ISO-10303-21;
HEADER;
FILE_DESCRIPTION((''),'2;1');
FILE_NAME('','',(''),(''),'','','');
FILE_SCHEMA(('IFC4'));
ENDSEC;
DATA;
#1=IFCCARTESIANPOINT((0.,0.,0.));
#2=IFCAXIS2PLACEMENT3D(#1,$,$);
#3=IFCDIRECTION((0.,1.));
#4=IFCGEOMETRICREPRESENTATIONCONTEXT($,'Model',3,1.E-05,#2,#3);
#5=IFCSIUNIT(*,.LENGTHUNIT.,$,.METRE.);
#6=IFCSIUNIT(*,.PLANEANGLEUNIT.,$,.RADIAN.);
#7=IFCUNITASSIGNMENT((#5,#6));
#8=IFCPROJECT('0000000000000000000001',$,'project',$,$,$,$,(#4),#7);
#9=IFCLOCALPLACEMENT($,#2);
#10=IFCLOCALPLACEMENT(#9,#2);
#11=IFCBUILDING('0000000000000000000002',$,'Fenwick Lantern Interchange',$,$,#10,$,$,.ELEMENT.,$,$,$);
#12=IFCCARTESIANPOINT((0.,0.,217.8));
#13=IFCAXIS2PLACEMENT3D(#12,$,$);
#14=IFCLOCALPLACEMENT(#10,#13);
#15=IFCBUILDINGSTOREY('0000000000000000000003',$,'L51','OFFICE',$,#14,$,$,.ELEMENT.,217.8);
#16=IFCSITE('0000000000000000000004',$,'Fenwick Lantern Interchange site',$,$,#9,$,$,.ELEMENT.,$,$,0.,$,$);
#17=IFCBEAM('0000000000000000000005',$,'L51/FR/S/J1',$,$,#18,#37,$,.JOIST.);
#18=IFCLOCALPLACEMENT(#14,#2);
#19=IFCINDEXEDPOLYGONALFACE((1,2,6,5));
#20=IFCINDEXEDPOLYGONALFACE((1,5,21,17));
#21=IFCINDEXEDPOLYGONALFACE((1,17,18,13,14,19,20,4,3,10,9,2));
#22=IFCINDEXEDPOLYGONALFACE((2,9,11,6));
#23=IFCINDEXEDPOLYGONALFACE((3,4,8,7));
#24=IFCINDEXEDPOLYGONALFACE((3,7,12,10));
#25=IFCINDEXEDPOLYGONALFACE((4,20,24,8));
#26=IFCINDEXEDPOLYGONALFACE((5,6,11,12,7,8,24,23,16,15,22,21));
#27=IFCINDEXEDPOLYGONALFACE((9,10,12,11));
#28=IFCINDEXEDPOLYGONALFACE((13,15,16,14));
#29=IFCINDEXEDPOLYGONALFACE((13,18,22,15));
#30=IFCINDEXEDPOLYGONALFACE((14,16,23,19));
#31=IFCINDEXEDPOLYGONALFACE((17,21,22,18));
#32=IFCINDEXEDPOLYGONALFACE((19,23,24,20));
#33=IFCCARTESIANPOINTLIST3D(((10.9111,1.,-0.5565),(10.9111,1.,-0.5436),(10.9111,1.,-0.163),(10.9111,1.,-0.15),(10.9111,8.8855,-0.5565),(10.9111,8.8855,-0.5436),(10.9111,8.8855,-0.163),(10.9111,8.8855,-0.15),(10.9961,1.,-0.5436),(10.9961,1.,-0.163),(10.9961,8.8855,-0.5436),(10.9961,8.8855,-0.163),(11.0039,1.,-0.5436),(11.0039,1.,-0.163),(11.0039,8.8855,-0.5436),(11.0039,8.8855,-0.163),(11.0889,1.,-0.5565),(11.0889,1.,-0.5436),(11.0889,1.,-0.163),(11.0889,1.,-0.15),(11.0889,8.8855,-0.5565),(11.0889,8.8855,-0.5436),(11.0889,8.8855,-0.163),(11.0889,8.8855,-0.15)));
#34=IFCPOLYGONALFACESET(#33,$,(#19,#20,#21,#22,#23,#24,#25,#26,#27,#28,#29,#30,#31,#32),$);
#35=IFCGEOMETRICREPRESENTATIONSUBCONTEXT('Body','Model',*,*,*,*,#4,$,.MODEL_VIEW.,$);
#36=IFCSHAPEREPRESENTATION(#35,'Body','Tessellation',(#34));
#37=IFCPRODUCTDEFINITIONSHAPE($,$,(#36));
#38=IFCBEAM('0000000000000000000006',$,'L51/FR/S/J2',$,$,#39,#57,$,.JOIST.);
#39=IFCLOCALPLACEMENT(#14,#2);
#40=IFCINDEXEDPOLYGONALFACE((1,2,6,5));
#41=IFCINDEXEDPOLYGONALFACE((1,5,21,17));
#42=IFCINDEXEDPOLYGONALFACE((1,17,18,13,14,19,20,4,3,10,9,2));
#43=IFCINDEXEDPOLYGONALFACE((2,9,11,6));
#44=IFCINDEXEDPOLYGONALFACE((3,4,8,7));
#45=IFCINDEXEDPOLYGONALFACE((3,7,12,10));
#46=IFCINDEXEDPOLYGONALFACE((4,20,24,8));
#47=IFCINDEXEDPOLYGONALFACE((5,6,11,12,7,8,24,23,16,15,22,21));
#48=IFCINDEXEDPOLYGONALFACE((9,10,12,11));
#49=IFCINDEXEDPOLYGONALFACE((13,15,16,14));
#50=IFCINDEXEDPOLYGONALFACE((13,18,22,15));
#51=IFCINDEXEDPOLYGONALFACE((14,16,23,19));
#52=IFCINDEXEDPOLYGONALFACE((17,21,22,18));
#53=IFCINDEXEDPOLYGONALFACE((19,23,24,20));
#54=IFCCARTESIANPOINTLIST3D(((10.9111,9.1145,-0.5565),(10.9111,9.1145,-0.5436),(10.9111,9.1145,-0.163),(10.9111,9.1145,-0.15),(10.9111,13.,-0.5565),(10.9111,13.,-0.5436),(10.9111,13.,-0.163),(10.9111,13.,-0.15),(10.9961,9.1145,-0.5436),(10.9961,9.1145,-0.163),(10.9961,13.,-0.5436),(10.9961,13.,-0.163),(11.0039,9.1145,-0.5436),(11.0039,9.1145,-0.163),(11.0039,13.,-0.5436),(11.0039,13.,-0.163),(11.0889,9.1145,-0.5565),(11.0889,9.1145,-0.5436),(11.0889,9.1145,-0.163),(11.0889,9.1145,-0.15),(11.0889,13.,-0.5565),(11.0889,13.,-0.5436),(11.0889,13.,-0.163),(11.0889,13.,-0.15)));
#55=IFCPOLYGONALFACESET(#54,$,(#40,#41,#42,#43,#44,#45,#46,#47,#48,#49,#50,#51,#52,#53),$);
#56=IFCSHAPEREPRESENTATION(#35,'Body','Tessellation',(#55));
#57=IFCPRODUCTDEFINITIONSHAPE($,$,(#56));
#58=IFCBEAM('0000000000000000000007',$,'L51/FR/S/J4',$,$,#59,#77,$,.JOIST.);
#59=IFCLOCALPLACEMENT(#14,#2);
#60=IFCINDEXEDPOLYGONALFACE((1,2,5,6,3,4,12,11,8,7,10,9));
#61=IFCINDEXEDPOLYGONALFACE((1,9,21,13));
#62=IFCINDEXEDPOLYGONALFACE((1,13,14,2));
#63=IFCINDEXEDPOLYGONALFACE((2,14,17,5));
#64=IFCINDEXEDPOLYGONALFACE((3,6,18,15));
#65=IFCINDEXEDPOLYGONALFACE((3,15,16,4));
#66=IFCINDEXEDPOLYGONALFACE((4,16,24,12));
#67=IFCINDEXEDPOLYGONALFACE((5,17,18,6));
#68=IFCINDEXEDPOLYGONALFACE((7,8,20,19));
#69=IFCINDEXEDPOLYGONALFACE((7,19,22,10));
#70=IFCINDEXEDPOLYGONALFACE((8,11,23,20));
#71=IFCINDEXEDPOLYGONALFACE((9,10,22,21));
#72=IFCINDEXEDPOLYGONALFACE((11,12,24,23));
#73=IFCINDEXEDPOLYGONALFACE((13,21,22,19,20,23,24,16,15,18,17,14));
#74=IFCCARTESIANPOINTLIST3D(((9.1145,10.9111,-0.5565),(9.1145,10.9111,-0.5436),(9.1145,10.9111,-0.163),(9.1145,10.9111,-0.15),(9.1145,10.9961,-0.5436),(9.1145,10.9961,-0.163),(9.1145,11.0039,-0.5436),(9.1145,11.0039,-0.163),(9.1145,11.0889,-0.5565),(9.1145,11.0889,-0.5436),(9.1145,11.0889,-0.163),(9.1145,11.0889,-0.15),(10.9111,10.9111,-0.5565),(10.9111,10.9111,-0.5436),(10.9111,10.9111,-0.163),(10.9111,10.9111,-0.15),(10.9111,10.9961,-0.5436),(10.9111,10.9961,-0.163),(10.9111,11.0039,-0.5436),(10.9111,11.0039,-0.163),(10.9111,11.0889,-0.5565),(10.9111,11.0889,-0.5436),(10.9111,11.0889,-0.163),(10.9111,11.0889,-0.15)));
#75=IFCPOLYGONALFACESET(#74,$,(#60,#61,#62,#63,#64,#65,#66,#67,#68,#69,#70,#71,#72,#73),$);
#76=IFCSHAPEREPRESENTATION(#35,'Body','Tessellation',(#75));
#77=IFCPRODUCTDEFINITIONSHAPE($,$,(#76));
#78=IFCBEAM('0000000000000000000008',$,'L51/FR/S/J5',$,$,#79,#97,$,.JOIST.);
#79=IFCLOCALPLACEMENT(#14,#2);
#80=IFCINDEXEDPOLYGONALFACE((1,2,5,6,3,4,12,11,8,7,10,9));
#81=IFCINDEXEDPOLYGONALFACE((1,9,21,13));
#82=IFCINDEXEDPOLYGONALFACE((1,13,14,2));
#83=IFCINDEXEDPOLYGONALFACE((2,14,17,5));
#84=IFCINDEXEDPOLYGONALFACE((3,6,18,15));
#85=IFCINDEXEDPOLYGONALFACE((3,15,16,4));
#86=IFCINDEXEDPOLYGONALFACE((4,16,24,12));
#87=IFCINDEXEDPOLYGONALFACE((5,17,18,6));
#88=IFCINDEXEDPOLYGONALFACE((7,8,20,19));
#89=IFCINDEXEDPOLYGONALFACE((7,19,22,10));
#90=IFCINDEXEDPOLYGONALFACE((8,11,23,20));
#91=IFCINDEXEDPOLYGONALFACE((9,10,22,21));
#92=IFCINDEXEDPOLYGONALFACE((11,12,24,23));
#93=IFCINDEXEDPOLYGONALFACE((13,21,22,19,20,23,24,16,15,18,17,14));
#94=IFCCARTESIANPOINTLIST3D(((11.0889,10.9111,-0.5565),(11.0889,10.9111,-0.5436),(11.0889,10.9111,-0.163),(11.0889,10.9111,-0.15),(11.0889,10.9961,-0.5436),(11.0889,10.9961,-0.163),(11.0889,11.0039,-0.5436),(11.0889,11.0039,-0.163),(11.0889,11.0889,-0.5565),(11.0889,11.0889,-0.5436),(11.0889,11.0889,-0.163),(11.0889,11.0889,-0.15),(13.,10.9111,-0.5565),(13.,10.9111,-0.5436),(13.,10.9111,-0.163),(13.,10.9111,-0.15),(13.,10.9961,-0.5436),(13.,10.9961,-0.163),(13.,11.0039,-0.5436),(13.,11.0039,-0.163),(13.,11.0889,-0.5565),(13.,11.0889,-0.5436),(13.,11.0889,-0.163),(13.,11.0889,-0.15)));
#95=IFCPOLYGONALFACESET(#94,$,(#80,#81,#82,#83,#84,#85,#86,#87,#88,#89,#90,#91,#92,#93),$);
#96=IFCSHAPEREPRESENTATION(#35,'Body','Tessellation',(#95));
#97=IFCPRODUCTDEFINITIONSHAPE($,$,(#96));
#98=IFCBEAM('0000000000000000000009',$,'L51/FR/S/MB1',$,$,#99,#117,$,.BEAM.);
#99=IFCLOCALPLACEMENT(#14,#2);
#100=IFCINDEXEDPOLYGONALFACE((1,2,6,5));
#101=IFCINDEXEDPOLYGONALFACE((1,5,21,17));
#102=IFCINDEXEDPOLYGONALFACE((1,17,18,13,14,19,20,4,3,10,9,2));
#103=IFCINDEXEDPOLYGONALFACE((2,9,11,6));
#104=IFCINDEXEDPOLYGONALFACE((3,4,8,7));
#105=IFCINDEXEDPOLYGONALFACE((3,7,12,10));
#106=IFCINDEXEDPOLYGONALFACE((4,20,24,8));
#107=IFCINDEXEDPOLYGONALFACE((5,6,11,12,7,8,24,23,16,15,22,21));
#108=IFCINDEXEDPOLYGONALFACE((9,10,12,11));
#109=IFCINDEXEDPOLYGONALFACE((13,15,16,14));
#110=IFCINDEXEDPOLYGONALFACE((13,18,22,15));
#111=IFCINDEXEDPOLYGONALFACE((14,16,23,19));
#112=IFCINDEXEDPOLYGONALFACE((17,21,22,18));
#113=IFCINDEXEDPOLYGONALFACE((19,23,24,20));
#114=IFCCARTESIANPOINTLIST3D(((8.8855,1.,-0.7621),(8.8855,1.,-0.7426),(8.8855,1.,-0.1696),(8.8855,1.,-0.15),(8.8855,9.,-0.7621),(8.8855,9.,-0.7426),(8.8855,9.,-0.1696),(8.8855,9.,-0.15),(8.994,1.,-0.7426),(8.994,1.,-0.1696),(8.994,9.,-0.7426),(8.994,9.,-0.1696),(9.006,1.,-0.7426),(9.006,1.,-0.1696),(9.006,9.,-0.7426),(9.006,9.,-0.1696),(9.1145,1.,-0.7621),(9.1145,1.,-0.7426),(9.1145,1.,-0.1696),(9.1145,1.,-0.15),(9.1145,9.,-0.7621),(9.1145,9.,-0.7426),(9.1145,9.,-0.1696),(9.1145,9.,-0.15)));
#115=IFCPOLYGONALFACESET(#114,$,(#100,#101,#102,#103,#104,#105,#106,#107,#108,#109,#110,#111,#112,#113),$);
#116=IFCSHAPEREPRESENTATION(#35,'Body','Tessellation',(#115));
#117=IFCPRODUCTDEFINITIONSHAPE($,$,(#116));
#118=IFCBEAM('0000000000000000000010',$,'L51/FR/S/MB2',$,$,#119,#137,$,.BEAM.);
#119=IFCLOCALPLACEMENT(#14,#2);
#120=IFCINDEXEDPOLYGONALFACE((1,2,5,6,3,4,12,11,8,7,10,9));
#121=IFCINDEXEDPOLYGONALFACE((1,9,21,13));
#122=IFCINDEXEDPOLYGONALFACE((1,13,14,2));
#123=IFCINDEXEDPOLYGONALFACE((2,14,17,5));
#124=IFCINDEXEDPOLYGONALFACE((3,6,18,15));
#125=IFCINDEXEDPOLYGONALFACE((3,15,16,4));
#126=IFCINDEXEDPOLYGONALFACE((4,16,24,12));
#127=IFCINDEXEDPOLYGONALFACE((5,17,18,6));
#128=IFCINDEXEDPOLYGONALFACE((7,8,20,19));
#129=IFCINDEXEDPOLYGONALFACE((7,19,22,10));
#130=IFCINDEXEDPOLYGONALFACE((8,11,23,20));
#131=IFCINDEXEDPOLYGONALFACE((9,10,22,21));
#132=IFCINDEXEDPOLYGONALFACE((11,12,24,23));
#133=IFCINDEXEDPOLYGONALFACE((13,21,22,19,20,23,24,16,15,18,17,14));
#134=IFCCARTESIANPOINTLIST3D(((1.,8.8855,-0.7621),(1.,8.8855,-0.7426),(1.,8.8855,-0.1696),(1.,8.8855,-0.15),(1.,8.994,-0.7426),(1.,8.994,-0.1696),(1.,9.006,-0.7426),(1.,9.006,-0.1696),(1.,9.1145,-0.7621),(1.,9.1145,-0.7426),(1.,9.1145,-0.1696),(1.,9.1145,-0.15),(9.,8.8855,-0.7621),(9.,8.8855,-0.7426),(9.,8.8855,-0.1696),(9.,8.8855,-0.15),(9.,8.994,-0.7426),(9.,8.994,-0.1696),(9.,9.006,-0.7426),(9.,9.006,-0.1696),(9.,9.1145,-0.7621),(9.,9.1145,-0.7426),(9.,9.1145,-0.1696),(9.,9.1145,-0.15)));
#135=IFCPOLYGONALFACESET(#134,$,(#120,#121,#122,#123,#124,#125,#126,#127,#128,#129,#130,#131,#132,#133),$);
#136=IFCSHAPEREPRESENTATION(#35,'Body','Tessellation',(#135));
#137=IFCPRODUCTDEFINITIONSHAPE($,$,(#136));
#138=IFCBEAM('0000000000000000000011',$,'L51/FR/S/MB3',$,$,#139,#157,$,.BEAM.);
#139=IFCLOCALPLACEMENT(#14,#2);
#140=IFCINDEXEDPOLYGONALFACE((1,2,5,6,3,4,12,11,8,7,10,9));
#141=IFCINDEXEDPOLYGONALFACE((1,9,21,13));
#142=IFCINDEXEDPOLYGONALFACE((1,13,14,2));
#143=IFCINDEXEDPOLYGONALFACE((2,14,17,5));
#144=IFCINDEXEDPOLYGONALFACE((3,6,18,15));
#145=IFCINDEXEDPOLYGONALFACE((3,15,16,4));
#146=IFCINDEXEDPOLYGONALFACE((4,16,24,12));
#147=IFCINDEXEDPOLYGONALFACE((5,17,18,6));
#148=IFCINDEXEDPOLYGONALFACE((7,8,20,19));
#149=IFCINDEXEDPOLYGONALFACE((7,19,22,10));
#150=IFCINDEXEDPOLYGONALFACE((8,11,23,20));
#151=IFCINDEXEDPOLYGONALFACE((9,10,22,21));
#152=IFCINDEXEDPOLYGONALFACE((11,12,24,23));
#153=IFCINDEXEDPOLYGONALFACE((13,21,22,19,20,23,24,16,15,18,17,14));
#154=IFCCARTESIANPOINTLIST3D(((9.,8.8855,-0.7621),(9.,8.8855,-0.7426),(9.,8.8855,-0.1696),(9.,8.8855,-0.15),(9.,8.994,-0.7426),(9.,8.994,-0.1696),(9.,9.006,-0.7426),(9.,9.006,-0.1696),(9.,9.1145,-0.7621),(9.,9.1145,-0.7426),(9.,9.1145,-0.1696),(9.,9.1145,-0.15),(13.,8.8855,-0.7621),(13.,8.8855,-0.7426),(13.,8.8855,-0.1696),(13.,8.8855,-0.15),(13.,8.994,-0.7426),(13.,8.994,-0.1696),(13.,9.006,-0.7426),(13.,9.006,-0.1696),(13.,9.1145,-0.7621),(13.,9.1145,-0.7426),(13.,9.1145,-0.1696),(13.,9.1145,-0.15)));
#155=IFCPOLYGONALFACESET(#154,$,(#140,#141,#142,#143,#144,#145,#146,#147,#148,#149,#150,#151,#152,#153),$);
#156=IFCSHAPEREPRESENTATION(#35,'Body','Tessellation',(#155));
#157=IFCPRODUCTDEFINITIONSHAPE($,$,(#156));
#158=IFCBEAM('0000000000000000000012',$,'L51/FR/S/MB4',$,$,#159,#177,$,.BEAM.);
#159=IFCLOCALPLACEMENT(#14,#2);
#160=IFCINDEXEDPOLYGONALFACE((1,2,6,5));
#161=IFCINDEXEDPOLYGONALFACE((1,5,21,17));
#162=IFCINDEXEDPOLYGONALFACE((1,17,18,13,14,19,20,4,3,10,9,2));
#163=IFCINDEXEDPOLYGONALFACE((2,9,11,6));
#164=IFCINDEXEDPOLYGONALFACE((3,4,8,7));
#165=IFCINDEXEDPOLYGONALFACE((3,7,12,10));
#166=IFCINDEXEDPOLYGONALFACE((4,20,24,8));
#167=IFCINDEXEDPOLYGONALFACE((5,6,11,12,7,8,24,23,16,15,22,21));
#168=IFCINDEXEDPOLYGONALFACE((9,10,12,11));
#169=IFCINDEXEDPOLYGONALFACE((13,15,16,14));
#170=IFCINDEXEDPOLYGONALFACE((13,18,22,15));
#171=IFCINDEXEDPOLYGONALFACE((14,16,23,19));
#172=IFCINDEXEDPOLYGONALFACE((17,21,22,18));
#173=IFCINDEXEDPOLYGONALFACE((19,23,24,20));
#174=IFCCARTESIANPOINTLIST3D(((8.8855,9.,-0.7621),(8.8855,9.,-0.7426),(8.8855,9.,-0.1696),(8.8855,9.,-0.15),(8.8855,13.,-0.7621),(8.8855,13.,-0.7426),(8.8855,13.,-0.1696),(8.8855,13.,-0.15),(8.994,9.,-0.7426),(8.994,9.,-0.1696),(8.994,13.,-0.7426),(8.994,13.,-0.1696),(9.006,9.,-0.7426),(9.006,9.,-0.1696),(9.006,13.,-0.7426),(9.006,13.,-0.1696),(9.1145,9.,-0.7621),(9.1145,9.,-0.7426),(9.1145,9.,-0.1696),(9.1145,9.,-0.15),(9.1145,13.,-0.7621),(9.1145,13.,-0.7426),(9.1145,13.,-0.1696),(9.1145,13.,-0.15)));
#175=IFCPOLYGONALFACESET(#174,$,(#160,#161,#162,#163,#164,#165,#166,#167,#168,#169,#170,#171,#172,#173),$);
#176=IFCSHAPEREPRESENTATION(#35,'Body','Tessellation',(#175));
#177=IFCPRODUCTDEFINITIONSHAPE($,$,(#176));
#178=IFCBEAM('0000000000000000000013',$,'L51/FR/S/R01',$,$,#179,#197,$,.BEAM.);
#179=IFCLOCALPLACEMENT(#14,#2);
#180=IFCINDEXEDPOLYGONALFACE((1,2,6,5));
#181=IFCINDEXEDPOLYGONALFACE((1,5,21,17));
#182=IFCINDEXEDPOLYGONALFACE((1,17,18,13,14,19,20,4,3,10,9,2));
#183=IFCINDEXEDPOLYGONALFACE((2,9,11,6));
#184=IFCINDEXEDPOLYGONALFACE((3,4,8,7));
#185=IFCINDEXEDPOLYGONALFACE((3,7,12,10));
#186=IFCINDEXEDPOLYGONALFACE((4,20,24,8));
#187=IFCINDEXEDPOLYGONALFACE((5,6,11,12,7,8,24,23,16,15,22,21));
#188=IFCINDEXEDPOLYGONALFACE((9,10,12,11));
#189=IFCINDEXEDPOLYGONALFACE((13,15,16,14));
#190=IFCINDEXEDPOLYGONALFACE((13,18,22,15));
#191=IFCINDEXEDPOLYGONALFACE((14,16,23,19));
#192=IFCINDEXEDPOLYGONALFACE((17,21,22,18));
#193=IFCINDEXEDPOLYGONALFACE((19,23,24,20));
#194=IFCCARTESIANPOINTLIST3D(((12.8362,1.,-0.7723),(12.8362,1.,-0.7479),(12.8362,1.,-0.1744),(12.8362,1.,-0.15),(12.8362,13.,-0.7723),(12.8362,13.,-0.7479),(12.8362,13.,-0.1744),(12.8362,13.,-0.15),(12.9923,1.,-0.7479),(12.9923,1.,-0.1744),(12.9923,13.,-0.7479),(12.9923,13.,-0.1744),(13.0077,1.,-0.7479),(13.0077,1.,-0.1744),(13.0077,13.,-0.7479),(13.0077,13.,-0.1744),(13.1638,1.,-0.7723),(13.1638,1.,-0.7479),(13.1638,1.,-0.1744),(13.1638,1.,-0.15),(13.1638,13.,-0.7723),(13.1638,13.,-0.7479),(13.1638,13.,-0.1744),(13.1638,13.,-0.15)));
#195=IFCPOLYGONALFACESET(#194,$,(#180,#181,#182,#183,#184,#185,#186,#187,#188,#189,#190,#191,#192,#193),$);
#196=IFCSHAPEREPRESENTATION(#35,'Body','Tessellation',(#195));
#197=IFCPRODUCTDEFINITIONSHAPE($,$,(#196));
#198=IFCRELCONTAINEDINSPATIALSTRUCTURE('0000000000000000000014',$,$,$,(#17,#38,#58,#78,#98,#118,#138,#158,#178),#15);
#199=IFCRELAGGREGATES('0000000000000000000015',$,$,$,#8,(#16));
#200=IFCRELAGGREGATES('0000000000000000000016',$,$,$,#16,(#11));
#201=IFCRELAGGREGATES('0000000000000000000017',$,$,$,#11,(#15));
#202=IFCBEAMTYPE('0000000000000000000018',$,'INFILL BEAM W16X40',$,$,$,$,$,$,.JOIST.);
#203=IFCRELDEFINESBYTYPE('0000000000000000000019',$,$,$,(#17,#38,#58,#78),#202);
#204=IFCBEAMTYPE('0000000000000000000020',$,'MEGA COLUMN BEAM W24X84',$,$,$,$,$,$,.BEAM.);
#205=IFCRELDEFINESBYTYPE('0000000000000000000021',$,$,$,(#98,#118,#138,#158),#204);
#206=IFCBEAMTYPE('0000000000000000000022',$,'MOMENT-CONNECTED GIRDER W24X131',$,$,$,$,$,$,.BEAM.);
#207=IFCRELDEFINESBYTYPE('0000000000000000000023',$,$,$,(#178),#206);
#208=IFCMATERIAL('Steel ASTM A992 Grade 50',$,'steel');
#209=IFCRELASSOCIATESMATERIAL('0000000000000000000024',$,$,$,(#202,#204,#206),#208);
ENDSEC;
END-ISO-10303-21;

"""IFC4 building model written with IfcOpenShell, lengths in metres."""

from ifc_helpers import new_model, si_unit, direction, frame, origin, origin_2d, place, context, subcontext, project, spatial, i_section, extrude, material, material_profile, profile_set, type_object, element, save


model = new_model("IFC4")

# Units and contexts
model_context = context("Model", 3, precision=1e-05, world=origin(), true_north=direction((0.0, 1.0)))
body_context = subcontext(model_context, "Body", "Model", "MODEL_VIEW")
ifc_project = project(units=[si_unit("LENGTHUNIT", "METRE"), si_unit("PLANEANGLEUNIT", "RADIAN")], contexts=[model_context])

# Site, building, storey
site_placement = place(None, origin())
site = spatial("IfcSite", under=ifc_project, at=site_placement, Name="Fenwick Lantern Interchange site", CompositionType="ELEMENT", RefElevation=0.0)
building_placement = place(site_placement, origin())
building = spatial("IfcBuilding", under=site, at=building_placement, Name="Fenwick Lantern Interchange", CompositionType="ELEMENT")
storey_placement = place(building_placement, frame((0.0, 0.0, 217.8)))
storey = spatial("IfcBuildingStorey", under=building, at=storey_placement, Name="L51", Description="OFFICE", CompositionType="ELEMENT", Elevation=217.8)

# Shared definitions
ifc_material_1 = material(Name="Steel ASTM A992 Grade 50", Category="steel")

# Beams
ifc_material_profile_1 = material_profile(ifc_material_1, i_section(OverallWidth=0.1777, OverallDepth=0.4065, WebThickness=0.0078, FlangeThickness=0.0129, at=origin_2d()), Name="W16X40")
ifc_profile_set_1 = profile_set([ifc_material_profile_1], Name="Steel ASTM A992 Grade 50")
beam_type_1 = type_object("IfcBeamType", Name="INFILL BEAM W16X40", PredefinedType="JOIST", material=ifc_profile_set_1)
beam_1_placement = place(storey_placement, frame((11.0, 1.0, -0.3533), z_axis=(0.0, 1.0, 0.0), x_axis=(-1.0, 0.0, 0.0)))
element("IfcBeam", 1, at=beam_1_placement, inside=storey, type_object=beam_type_1, Name="L51/FR/S/J1", PredefinedType="JOIST", context=body_context, shape_type="SweptSolid", body=[
    extrude(i_section(OverallWidth=0.1777, OverallDepth=0.4065, WebThickness=0.0078, FlangeThickness=0.0129, at=origin_2d()), origin(), (0.0, 0.0, 1.0), 7.8855),
])
beam_2_placement = place(storey_placement, frame((11.0, 9.1145, -0.3533), z_axis=(0.0, 1.0, 0.0), x_axis=(-1.0, 0.0, 0.0)))
element("IfcBeam", 2, at=beam_2_placement, inside=storey, type_object=beam_type_1, Name="L51/FR/S/J2", PredefinedType="JOIST", context=body_context, shape_type="SweptSolid", body=[
    extrude(i_section(OverallWidth=0.1777, OverallDepth=0.4065, WebThickness=0.0078, FlangeThickness=0.0129, at=origin_2d()), origin(), (0.0, 0.0, 1.0), 3.8855),
])
beam_3_placement = place(storey_placement, frame((9.1145, 11.0, -0.3533), z_axis=(1.0, 0.0, 0.0), x_axis=(0.0, 1.0, 0.0)))
element("IfcBeam", 3, at=beam_3_placement, inside=storey, type_object=beam_type_1, Name="L51/FR/S/J4", PredefinedType="JOIST", context=body_context, shape_type="SweptSolid", body=[
    extrude(i_section(OverallWidth=0.1777, OverallDepth=0.4065, WebThickness=0.0078, FlangeThickness=0.0129, at=origin_2d()), origin(), (0.0, 0.0, 1.0), 1.7966),
])
beam_4_placement = place(storey_placement, frame((11.0889, 11.0, -0.3533), z_axis=(1.0, 0.0, 0.0), x_axis=(0.0, 1.0, 0.0)))
element("IfcBeam", 4, at=beam_4_placement, inside=storey, type_object=beam_type_1, Name="L51/FR/S/J5", PredefinedType="JOIST", context=body_context, shape_type="SweptSolid", body=[
    extrude(i_section(OverallWidth=0.1777, OverallDepth=0.4065, WebThickness=0.0078, FlangeThickness=0.0129, at=origin_2d()), origin(), (0.0, 0.0, 1.0), 1.9111),
])
ifc_material_profile_2 = material_profile(ifc_material_1, i_section(OverallWidth=0.229, OverallDepth=0.6121, WebThickness=0.012, FlangeThickness=0.0195, at=origin_2d()), Name="W24X84")
ifc_profile_set_2 = profile_set([ifc_material_profile_2], Name="Steel ASTM A992 Grade 50")
beam_type_2 = type_object("IfcBeamType", Name="MEGA COLUMN BEAM W24X84", PredefinedType="BEAM", material=ifc_profile_set_2)
for number, where, z_axis, x_axis, name in (
    (5, (9.0, 9.0, -0.4561), (0.0, -1.0, 0.0), (1.0, 0.0, 0.0), "L51/FR/S/MB1"),
    (6, (9.0, 9.0, -0.4561), (-1.0, 0.0, 0.0), (0.0, -1.0, 0.0), "L51/FR/S/MB2"),
):
    element("IfcBeam", number, at=place(storey_placement, frame(where, z_axis=z_axis, x_axis=x_axis)), inside=storey, type_object=beam_type_2, Name=name, PredefinedType="BEAM", context=body_context, shape_type="SweptSolid", body=[
        extrude(i_section(OverallWidth=0.229, OverallDepth=0.6121, WebThickness=0.012, FlangeThickness=0.0195, at=origin_2d()), origin(), (0.0, 0.0, 1.0), 8.0),
    ])
for number, where, z_axis, x_axis, name in (
    (7, (9.0, 9.0, -0.4561), (1.0, 0.0, 0.0), (0.0, 1.0, 0.0), "L51/FR/S/MB3"),
    (8, (9.0, 9.0, -0.4561), (0.0, 1.0, 0.0), (-1.0, 0.0, 0.0), "L51/FR/S/MB4"),
):
    element("IfcBeam", number, at=place(storey_placement, frame(where, z_axis=z_axis, x_axis=x_axis)), inside=storey, type_object=beam_type_2, Name=name, PredefinedType="BEAM", context=body_context, shape_type="SweptSolid", body=[
        extrude(i_section(OverallWidth=0.229, OverallDepth=0.6121, WebThickness=0.012, FlangeThickness=0.0195, at=origin_2d()), origin(), (0.0, 0.0, 1.0), 4.0),
    ])
ifc_material_profile_3 = material_profile(ifc_material_1, i_section(OverallWidth=0.3276, OverallDepth=0.6223, WebThickness=0.0154, FlangeThickness=0.0244, at=origin_2d()), Name="W24X131")
ifc_profile_set_3 = profile_set([ifc_material_profile_3], Name="Steel ASTM A992 Grade 50")
beam_type_3 = type_object("IfcBeamType", Name="MOMENT-CONNECTED GIRDER W24X131", PredefinedType="BEAM", material=ifc_profile_set_3)
beam_5_placement = place(storey_placement, frame((13.0, 1.0, -0.4612), z_axis=(0.0, 1.0, 0.0), x_axis=(-1.0, 0.0, 0.0)))
element("IfcBeam", 9, at=beam_5_placement, inside=storey, type_object=beam_type_3, Name="L51/FR/S/R01", PredefinedType="BEAM", context=body_context, shape_type="SweptSolid", body=[
    extrude(i_section(OverallWidth=0.3276, OverallDepth=0.6223, WebThickness=0.0154, FlangeThickness=0.0244, at=origin_2d()), origin(), (0.0, 0.0, 1.0), 12.0),
])

save(model, "model.ifc")
